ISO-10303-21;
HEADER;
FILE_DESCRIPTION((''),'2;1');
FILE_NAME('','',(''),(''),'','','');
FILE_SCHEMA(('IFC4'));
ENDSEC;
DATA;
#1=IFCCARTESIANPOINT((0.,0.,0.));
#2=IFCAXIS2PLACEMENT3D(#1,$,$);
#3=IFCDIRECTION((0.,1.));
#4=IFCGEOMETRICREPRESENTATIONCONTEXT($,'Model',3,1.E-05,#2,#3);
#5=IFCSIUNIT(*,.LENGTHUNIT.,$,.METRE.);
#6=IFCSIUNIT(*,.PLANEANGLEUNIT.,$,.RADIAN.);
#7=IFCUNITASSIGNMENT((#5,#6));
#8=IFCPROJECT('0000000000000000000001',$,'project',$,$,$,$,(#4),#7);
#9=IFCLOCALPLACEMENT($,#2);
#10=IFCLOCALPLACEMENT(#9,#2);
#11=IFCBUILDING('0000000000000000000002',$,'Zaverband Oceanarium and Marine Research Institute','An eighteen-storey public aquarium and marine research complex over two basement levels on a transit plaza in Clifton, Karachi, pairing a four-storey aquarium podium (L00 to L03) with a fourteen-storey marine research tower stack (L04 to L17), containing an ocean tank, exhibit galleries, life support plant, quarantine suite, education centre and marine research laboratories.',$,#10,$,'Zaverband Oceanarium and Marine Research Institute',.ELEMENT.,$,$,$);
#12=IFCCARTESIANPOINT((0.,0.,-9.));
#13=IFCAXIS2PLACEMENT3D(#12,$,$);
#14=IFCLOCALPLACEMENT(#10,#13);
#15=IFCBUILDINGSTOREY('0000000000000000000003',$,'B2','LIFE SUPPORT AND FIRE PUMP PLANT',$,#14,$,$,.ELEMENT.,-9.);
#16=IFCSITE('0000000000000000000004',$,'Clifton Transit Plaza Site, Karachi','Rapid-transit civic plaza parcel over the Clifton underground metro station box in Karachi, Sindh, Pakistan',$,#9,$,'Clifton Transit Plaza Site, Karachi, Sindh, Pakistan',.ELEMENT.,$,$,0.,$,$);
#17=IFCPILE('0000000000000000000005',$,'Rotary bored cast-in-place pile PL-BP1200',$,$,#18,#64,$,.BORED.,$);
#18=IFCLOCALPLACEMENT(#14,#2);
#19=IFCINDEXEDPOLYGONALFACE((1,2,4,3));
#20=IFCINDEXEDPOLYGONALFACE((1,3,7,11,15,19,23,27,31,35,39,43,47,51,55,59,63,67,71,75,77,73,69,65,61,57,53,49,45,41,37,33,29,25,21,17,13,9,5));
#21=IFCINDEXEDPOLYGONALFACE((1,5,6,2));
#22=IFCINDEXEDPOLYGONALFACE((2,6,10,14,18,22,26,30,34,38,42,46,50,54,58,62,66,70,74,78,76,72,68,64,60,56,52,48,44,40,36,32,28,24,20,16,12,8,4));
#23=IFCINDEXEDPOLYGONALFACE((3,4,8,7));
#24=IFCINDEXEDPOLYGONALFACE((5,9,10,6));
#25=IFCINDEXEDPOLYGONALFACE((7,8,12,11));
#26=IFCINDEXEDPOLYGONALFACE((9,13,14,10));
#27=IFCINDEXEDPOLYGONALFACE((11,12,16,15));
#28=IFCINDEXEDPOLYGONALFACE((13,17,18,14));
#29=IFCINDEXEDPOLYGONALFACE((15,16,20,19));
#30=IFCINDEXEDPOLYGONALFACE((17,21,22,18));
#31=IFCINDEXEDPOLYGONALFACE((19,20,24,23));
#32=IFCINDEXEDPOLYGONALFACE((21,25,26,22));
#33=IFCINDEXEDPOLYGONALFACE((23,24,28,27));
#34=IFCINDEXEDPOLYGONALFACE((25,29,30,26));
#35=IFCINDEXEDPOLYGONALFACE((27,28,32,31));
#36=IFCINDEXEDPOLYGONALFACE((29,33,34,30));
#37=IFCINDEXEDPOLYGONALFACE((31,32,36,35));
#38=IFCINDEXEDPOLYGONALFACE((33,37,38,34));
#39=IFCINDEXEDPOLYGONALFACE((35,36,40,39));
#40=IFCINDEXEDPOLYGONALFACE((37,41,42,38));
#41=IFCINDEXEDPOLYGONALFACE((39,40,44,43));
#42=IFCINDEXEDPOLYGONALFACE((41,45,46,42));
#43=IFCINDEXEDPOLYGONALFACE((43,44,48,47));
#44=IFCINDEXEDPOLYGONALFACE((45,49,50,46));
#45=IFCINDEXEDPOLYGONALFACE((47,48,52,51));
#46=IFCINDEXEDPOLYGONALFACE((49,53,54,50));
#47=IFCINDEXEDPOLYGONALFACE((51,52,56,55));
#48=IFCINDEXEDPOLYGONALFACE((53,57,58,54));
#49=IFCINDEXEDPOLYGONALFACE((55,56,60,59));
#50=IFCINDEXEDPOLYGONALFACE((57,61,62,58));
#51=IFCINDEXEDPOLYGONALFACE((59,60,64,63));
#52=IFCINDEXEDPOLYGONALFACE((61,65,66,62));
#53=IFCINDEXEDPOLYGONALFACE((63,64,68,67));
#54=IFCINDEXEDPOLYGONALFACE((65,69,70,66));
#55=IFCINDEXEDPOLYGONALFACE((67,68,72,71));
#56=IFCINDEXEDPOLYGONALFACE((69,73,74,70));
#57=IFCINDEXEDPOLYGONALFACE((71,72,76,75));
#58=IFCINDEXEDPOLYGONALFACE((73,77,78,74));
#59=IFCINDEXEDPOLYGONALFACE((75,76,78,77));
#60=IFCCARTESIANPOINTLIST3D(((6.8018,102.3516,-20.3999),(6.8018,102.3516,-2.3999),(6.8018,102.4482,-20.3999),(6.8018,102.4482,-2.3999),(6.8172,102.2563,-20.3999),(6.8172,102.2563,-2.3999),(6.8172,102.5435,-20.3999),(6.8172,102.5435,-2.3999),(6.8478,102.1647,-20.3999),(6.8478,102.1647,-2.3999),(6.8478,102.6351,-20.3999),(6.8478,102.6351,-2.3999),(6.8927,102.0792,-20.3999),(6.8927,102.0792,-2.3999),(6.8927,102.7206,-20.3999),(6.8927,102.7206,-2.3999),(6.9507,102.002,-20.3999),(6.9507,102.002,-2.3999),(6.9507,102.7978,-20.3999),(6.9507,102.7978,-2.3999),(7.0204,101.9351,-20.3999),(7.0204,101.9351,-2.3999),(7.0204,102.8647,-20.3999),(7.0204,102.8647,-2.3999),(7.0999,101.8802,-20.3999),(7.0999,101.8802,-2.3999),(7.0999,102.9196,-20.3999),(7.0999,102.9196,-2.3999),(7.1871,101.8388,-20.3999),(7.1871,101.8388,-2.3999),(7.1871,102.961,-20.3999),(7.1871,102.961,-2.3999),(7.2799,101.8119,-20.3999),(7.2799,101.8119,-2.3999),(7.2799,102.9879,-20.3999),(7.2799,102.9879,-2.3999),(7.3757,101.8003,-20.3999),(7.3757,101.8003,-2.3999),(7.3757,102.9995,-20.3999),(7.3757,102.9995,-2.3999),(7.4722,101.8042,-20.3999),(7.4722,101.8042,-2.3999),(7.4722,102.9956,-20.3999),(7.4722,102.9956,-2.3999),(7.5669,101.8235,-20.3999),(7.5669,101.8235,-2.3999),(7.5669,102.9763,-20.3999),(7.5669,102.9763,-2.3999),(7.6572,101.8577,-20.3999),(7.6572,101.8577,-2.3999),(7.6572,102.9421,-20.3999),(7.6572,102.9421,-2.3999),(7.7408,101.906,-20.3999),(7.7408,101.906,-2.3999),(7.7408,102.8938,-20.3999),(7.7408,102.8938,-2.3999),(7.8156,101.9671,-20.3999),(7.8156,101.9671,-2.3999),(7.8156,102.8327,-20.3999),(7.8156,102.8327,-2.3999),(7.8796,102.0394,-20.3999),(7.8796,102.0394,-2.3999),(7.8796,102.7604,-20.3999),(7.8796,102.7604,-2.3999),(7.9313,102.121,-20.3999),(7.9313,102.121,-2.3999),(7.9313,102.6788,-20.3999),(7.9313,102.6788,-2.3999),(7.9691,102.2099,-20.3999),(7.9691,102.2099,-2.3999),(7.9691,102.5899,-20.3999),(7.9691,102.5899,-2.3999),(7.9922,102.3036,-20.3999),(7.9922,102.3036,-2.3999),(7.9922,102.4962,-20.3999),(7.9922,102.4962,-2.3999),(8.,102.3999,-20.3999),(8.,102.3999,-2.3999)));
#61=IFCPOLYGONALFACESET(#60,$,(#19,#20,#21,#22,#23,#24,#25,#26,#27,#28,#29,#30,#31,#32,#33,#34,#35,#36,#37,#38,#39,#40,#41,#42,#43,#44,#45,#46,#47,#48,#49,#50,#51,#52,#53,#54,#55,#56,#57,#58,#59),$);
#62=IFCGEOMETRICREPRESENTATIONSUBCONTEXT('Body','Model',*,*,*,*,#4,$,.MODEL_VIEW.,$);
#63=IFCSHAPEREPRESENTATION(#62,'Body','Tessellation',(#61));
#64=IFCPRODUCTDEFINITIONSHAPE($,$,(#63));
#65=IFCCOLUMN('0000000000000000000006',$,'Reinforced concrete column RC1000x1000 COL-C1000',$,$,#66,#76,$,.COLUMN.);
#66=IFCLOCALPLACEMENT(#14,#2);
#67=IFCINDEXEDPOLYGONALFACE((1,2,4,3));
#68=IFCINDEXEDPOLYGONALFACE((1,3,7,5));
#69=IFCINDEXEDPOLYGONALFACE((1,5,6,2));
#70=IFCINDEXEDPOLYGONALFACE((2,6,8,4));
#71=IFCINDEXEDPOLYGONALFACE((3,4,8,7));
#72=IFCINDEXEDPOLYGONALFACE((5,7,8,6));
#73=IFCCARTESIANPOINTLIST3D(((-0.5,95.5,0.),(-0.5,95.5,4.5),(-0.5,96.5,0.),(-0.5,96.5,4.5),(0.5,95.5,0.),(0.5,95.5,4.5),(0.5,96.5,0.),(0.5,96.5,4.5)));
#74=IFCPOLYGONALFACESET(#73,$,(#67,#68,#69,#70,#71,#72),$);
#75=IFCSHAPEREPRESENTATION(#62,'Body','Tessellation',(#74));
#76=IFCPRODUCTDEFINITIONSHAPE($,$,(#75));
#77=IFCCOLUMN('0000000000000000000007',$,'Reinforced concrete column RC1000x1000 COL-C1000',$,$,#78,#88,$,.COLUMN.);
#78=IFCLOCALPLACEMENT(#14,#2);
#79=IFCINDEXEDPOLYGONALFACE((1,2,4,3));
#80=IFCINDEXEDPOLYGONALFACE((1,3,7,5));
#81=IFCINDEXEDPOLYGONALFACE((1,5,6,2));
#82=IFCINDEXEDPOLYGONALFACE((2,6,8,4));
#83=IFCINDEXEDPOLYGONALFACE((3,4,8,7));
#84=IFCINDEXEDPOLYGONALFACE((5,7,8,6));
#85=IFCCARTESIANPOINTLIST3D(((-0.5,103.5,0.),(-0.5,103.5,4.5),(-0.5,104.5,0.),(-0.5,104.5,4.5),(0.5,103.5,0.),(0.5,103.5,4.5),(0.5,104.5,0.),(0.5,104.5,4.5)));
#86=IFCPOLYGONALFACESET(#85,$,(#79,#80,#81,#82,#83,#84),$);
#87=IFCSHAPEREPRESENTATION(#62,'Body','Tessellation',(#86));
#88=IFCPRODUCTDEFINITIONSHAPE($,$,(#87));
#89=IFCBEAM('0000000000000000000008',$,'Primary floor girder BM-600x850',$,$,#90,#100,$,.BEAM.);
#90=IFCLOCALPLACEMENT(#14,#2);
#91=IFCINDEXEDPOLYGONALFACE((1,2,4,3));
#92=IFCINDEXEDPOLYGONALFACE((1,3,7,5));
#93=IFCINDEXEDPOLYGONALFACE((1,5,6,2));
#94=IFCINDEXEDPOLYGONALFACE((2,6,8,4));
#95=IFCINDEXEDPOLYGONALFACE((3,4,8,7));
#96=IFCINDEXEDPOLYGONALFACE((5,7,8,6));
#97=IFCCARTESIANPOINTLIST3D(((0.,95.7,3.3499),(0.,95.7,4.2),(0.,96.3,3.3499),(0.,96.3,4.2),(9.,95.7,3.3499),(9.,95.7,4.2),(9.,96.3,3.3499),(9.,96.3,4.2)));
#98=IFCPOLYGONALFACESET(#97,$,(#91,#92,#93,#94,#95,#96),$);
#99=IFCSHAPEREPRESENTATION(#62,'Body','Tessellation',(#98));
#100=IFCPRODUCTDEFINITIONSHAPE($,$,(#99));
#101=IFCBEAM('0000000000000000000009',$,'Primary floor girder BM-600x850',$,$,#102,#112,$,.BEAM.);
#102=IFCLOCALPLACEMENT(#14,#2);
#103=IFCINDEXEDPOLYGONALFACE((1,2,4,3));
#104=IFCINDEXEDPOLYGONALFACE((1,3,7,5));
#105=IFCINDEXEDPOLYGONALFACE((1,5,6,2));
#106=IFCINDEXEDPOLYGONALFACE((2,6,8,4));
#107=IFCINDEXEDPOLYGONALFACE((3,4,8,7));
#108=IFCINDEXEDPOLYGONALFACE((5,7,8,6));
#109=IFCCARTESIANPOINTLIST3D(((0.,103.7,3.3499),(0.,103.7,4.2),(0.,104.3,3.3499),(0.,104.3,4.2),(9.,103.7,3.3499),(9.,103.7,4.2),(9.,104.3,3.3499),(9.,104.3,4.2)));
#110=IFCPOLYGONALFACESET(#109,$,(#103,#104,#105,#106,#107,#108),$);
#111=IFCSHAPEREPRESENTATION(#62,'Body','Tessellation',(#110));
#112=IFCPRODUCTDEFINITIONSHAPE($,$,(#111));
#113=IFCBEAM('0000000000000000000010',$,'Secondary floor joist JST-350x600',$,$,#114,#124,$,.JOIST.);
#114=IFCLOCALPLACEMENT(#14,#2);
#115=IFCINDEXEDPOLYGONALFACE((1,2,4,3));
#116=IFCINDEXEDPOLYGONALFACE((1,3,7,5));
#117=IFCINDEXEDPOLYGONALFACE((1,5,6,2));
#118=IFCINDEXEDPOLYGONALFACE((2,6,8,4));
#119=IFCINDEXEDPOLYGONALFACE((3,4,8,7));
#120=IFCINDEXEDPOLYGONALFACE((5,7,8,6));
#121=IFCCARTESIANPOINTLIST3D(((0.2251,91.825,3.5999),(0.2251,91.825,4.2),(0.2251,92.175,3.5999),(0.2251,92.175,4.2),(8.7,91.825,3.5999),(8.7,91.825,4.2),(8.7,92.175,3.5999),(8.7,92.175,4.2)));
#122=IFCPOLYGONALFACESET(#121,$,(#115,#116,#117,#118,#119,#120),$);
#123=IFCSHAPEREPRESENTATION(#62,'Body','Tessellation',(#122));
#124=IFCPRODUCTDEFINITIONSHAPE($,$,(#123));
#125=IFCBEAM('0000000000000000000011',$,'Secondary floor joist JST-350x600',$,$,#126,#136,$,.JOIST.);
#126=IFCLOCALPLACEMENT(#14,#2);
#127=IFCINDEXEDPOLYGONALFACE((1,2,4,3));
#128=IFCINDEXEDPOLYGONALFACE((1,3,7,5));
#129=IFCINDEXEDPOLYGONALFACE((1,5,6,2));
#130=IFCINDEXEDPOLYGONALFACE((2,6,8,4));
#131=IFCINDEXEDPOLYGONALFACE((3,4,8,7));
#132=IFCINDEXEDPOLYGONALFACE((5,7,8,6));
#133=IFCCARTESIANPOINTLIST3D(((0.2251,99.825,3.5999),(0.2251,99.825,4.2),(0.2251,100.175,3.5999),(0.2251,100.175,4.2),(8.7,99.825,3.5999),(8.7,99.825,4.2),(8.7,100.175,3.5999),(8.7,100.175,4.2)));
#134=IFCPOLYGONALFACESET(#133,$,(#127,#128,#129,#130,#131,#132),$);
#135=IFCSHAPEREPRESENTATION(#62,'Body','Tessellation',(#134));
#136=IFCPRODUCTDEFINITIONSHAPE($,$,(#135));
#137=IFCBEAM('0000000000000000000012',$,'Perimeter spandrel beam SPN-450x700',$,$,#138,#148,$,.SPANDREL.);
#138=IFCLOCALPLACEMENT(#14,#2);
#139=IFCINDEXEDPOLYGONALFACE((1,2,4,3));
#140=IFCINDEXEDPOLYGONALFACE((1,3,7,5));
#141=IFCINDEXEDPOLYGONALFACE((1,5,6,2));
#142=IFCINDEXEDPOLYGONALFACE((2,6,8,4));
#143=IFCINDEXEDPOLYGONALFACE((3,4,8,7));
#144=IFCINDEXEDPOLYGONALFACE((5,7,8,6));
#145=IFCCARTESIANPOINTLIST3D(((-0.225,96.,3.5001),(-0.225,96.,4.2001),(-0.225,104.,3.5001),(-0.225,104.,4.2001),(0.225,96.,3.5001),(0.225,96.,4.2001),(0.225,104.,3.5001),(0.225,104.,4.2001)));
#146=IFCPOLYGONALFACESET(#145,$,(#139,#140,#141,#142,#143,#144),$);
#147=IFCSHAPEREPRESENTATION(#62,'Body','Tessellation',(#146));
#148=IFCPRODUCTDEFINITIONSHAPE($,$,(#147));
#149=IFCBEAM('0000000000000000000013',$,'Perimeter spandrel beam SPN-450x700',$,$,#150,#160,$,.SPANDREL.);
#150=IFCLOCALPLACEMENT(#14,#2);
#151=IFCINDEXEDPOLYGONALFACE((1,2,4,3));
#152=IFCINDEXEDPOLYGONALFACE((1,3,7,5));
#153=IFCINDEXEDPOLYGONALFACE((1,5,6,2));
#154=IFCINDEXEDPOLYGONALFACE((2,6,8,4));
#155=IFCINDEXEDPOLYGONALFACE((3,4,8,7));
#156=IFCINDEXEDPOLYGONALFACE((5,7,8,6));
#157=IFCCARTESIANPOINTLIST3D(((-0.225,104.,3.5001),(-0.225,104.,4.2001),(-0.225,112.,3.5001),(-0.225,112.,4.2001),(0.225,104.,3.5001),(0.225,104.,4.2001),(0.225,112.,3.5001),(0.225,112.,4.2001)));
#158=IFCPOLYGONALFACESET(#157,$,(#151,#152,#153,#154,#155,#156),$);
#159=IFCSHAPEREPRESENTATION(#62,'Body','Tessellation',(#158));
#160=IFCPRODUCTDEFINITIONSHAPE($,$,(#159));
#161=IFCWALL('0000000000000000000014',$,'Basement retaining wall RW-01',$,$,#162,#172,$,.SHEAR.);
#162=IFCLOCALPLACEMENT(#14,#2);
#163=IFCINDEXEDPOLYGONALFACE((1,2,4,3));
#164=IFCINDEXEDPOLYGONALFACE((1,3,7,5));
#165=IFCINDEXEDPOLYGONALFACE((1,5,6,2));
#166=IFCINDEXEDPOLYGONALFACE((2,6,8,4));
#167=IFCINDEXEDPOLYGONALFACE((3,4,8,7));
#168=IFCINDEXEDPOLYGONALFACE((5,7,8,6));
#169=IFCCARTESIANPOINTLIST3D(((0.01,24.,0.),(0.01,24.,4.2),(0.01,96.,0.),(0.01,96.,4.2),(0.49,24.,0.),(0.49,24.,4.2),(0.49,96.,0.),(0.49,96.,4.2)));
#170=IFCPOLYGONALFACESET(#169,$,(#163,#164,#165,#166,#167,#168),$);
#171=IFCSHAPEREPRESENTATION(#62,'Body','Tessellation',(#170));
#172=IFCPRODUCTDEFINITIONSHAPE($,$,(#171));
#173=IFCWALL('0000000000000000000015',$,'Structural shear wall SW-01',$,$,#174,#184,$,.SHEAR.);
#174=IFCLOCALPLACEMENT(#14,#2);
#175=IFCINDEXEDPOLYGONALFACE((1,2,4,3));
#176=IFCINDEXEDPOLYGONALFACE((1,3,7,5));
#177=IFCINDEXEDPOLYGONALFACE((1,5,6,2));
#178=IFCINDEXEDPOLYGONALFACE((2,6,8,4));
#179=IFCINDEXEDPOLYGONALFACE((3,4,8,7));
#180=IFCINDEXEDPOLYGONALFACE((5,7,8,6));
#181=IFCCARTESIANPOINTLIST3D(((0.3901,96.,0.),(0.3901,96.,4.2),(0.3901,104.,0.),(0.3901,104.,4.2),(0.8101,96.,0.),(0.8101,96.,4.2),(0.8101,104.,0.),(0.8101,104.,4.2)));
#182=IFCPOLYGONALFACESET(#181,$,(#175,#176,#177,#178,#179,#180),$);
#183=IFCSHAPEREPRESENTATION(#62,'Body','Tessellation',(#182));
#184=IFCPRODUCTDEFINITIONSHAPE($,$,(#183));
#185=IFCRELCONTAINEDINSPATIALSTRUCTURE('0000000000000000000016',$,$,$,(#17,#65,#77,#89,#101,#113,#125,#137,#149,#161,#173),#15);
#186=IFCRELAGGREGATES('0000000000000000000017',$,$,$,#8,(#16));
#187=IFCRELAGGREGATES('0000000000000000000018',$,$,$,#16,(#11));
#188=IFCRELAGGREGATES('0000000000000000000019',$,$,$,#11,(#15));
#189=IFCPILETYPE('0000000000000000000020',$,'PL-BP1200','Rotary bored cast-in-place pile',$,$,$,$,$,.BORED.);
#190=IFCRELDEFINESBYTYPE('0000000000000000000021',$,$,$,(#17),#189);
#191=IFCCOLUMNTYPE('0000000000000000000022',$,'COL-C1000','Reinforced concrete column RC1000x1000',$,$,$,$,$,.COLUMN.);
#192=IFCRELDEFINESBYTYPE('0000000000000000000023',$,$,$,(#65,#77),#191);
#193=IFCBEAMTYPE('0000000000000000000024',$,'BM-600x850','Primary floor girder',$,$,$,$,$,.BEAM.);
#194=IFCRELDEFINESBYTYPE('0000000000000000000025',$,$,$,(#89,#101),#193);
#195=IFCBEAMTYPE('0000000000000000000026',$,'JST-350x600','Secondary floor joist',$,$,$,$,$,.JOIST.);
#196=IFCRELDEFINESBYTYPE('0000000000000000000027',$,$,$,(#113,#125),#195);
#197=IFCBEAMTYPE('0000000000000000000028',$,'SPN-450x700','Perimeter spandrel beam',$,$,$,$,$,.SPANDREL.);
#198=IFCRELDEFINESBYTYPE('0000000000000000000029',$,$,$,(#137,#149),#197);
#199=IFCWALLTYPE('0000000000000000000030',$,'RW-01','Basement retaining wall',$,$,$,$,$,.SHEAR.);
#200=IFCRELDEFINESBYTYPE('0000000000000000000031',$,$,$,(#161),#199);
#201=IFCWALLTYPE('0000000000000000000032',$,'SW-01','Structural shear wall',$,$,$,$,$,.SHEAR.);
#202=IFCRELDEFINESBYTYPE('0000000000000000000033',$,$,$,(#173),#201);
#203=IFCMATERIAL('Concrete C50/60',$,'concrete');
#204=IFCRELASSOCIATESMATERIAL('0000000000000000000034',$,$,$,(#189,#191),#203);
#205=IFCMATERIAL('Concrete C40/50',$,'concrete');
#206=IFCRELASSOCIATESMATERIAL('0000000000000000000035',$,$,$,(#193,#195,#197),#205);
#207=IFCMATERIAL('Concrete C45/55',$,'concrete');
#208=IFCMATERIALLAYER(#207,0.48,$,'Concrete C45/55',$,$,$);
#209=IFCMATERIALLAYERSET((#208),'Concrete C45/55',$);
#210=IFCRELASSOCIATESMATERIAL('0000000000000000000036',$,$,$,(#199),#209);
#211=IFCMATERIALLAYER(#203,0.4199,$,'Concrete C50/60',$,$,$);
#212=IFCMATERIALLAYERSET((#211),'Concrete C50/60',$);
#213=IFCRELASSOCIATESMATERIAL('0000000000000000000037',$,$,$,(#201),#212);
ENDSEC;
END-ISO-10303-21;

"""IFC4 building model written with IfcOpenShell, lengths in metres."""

from ifc_helpers import new_model, si_unit, direction, frame, frame_2d, origin, origin_2d, place, context, subcontext, project, spatial, rectangle, circle, extrude, material, layer, layer_set, material_profile, profile_set, type_object, element, save


model = new_model("IFC4")

# Units and contexts
model_context = context("Model", 3, precision=1e-05, world=origin(), true_north=direction((0.0, 1.0)))
body_context = subcontext(model_context, "Body", "Model", "MODEL_VIEW")
ifc_project = project(units=[si_unit("LENGTHUNIT", "METRE"), si_unit("PLANEANGLEUNIT", "RADIAN")], contexts=[model_context])

# Site, building, storey
site_placement = place(None, origin())
site = spatial("IfcSite", under=ifc_project, at=site_placement, Name="Clifton Transit Plaza Site, Karachi", Description="Rapid-transit civic plaza parcel over the Clifton underground metro station box in Karachi, Sindh, Pakistan", LongName="Clifton Transit Plaza Site, Karachi, Sindh, Pakistan", CompositionType="ELEMENT", RefElevation=0.0)
building_placement = place(site_placement, origin())
building = spatial("IfcBuilding", under=site, at=building_placement, Name="Zaverband Oceanarium and Marine Research Institute", Description="An eighteen-storey public aquarium and marine research complex over two basement levels on a transit plaza in Clifton, Karachi, pairing a four-storey aquarium podium (L00 to L03) with a fourteen-storey marine research tower stack (L04 to L17), containing an ocean tank, exhibit galleries, life support plant, quarantine suite, education centre and marine research laboratories.", LongName="Zaverband Oceanarium and Marine Research Institute", CompositionType="ELEMENT")
storey_placement = place(building_placement, frame((0.0, 0.0, -9.0)))
storey = spatial("IfcBuildingStorey", under=building, at=storey_placement, Name="B2", Description="LIFE SUPPORT AND FIRE PUMP PLANT", CompositionType="ELEMENT", Elevation=-9.0)

# Shared definitions
ifc_material_1 = material(Name="Concrete C50/60", Category="concrete")

# Pile
ifc_material_profile_1 = material_profile(ifc_material_1, circle(Radius=0.6001, at=origin_2d()), Name="BP1200")
ifc_profile_set_1 = profile_set([ifc_material_profile_1], Name="Concrete C50/60")
pile_type = type_object("IfcPileType", Name="PL-BP1200", Description="Rotary bored cast-in-place pile", PredefinedType="BORED", material=ifc_profile_set_1)
for number, where, z_axis, x_axis, name in (
    (1, (7.3999, 102.3999, -2.3999), (0.0, 0.0, -1.0), (1.0, 0.0, 0.0), "Rotary bored cast-in-place pile PL-BP1200"),
):
    element("IfcPile", number, at=place(storey_placement, frame(where, z_axis=z_axis, x_axis=x_axis)), inside=storey, type_object=pile_type, Name=name, PredefinedType="BORED", context=body_context, shape_type="SweptSolid", body=[
        extrude(circle(Radius=0.6001, at=origin_2d()), origin(), (0.0, 0.0, 1.0), 18.0),
    ])

# Columns
ifc_material_profile_2 = material_profile(ifc_material_1, rectangle(XDim=1.0, YDim=1.0, at=origin_2d()), Name="RC1000x1000")
ifc_profile_set_2 = profile_set([ifc_material_profile_2], Name="Concrete C50/60")
column_type = type_object("IfcColumnType", Name="COL-C1000", Description="Reinforced concrete column RC1000x1000", PredefinedType="COLUMN", material=ifc_profile_set_2)
for number, where, z_axis, x_axis, name in (
    (2, (0.0, 96.0, 0.0), (0.0, 0.0, 1.0), (1.0, 0.0, 0.0), "Reinforced concrete column RC1000x1000 COL-C1000"),
    (3, (0.0, 104.0, 0.0), (0.0, 0.0, 1.0), (1.0, 0.0, 0.0), "Reinforced concrete column RC1000x1000 COL-C1000"),
):
    element("IfcColumn", number, at=place(storey_placement, frame(where, z_axis=z_axis, x_axis=x_axis)), inside=storey, type_object=column_type, Name=name, PredefinedType="COLUMN", context=body_context, shape_type="SweptSolid", body=[
        extrude(rectangle(XDim=1.0, YDim=1.0, at=origin_2d()), origin(), (0.0, 0.0, 1.0), 4.5),
    ])

# Beams
ifc_material_2 = material(Name="Concrete C40/50", Category="concrete")
ifc_material_profile_3 = material_profile(ifc_material_2, rectangle(XDim=0.6001, YDim=0.8501, at=origin_2d()), Name="RC600x850")
ifc_profile_set_3 = profile_set([ifc_material_profile_3], Name="Concrete C40/50")
beam_type_1 = type_object("IfcBeamType", Name="BM-600x850", Description="Primary floor girder", PredefinedType="BEAM", material=ifc_profile_set_3)
for number, where, z_axis, x_axis, name in (
    (4, (0.0, 96.0, 3.7749), (1.0, 0.0, 0.0), (0.0, 1.0, 0.0), "Primary floor girder BM-600x850"),
    (5, (0.0, 104.0, 3.7749), (1.0, 0.0, 0.0), (0.0, 1.0, 0.0), "Primary floor girder BM-600x850"),
):
    element("IfcBeam", number, at=place(storey_placement, frame(where, z_axis=z_axis, x_axis=x_axis)), inside=storey, type_object=beam_type_1, Name=name, PredefinedType="BEAM", context=body_context, shape_type="SweptSolid", body=[
        extrude(rectangle(XDim=0.6001, YDim=0.8501, at=origin_2d()), origin(), (0.0, 0.0, 1.0), 9.0),
    ])
ifc_material_profile_4 = material_profile(ifc_material_2, rectangle(XDim=0.3501, YDim=0.6001, at=origin_2d()), Name="RC350x600")
ifc_profile_set_4 = profile_set([ifc_material_profile_4], Name="Concrete C40/50")
beam_type_2 = type_object("IfcBeamType", Name="JST-350x600", Description="Secondary floor joist", PredefinedType="JOIST", material=ifc_profile_set_4)
for number, where, z_axis, x_axis, name in (
    (6, (0.2251, 92.0, 3.8999), (1.0, 0.0, 0.0), (0.0, 1.0, 0.0), "Secondary floor joist JST-350x600"),
    (7, (0.2251, 100.0, 3.8999), (1.0, 0.0, 0.0), (0.0, 1.0, 0.0), "Secondary floor joist JST-350x600"),
):
    element("IfcBeam", number, at=place(storey_placement, frame(where, z_axis=z_axis, x_axis=x_axis)), inside=storey, type_object=beam_type_2, Name=name, PredefinedType="JOIST", context=body_context, shape_type="SweptSolid", body=[
        extrude(rectangle(XDim=0.3501, YDim=0.6001, at=origin_2d()), origin(), (0.0, 0.0, 1.0), 8.4749),
    ])
ifc_material_profile_5 = material_profile(ifc_material_2, rectangle(XDim=0.45, YDim=0.7, at=origin_2d()), Name="RC450x700")
ifc_profile_set_5 = profile_set([ifc_material_profile_5], Name="Concrete C40/50")
beam_type_3 = type_object("IfcBeamType", Name="SPN-450x700", Description="Perimeter spandrel beam", PredefinedType="SPANDREL", material=ifc_profile_set_5)
for number, where, z_axis, x_axis, name in (
    (8, (0.0, 96.0, 3.8501), (0.0, 1.0, 0.0), (-1.0, 0.0, 0.0), "Perimeter spandrel beam SPN-450x700"),
    (9, (0.0, 104.0, 3.8501), (0.0, 1.0, 0.0), (-1.0, 0.0, 0.0), "Perimeter spandrel beam SPN-450x700"),
):
    element("IfcBeam", number, at=place(storey_placement, frame(where, z_axis=z_axis, x_axis=x_axis)), inside=storey, type_object=beam_type_3, Name=name, PredefinedType="SPANDREL", context=body_context, shape_type="SweptSolid", body=[
        extrude(rectangle(XDim=0.45, YDim=0.7, at=origin_2d()), origin(), (0.0, 0.0, 1.0), 8.0),
    ])

# Walls
ifc_material_3 = material(Name="Concrete C45/55", Category="concrete")
ifc_layer_1 = layer(ifc_material_3, 0.48, Name="Concrete C45/55")
ifc_layer_set_1 = layer_set([ifc_layer_1], Name="Concrete C45/55")
wall_type_1 = type_object("IfcWallType", Name="RW-01", Description="Basement retaining wall", PredefinedType="SHEAR", material=ifc_layer_set_1)
wall_1_placement = place(storey_placement, frame((0.25, 96.0, 0.0), z_axis=(0.0, 0.0, 1.0), x_axis=(0.0, -1.0, 0.0)))
element("IfcWall", 10, at=wall_1_placement, inside=storey, type_object=wall_type_1, Name="Basement retaining wall RW-01", PredefinedType="SHEAR", context=body_context, shape_type="SweptSolid", body=[
    extrude(rectangle(XDim=72.0, YDim=0.48, at=frame_2d((36.0, 0.0))), origin(), (0.0, 0.0, 1.0), 4.2),
])
ifc_layer_2 = layer(ifc_material_1, 0.4199, Name="Concrete C50/60")
ifc_layer_set_2 = layer_set([ifc_layer_2], Name="Concrete C50/60")
wall_type_2 = type_object("IfcWallType", Name="SW-01", Description="Structural shear wall", PredefinedType="SHEAR", material=ifc_layer_set_2)
wall_2_placement = place(storey_placement, frame((0.6001, 96.0, 0.0), z_axis=(0.0, 0.0, 1.0), x_axis=(0.0, 1.0, 0.0)))
element("IfcWall", 11, at=wall_2_placement, inside=storey, type_object=wall_type_2, Name="Structural shear wall SW-01", PredefinedType="SHEAR", context=body_context, shape_type="SweptSolid", body=[
    extrude(rectangle(XDim=8.0, YDim=0.4199, at=frame_2d((4.0, 0.0))), origin(), (0.0, 0.0, 1.0), 4.2),
])

save(model, "model.ifc")
